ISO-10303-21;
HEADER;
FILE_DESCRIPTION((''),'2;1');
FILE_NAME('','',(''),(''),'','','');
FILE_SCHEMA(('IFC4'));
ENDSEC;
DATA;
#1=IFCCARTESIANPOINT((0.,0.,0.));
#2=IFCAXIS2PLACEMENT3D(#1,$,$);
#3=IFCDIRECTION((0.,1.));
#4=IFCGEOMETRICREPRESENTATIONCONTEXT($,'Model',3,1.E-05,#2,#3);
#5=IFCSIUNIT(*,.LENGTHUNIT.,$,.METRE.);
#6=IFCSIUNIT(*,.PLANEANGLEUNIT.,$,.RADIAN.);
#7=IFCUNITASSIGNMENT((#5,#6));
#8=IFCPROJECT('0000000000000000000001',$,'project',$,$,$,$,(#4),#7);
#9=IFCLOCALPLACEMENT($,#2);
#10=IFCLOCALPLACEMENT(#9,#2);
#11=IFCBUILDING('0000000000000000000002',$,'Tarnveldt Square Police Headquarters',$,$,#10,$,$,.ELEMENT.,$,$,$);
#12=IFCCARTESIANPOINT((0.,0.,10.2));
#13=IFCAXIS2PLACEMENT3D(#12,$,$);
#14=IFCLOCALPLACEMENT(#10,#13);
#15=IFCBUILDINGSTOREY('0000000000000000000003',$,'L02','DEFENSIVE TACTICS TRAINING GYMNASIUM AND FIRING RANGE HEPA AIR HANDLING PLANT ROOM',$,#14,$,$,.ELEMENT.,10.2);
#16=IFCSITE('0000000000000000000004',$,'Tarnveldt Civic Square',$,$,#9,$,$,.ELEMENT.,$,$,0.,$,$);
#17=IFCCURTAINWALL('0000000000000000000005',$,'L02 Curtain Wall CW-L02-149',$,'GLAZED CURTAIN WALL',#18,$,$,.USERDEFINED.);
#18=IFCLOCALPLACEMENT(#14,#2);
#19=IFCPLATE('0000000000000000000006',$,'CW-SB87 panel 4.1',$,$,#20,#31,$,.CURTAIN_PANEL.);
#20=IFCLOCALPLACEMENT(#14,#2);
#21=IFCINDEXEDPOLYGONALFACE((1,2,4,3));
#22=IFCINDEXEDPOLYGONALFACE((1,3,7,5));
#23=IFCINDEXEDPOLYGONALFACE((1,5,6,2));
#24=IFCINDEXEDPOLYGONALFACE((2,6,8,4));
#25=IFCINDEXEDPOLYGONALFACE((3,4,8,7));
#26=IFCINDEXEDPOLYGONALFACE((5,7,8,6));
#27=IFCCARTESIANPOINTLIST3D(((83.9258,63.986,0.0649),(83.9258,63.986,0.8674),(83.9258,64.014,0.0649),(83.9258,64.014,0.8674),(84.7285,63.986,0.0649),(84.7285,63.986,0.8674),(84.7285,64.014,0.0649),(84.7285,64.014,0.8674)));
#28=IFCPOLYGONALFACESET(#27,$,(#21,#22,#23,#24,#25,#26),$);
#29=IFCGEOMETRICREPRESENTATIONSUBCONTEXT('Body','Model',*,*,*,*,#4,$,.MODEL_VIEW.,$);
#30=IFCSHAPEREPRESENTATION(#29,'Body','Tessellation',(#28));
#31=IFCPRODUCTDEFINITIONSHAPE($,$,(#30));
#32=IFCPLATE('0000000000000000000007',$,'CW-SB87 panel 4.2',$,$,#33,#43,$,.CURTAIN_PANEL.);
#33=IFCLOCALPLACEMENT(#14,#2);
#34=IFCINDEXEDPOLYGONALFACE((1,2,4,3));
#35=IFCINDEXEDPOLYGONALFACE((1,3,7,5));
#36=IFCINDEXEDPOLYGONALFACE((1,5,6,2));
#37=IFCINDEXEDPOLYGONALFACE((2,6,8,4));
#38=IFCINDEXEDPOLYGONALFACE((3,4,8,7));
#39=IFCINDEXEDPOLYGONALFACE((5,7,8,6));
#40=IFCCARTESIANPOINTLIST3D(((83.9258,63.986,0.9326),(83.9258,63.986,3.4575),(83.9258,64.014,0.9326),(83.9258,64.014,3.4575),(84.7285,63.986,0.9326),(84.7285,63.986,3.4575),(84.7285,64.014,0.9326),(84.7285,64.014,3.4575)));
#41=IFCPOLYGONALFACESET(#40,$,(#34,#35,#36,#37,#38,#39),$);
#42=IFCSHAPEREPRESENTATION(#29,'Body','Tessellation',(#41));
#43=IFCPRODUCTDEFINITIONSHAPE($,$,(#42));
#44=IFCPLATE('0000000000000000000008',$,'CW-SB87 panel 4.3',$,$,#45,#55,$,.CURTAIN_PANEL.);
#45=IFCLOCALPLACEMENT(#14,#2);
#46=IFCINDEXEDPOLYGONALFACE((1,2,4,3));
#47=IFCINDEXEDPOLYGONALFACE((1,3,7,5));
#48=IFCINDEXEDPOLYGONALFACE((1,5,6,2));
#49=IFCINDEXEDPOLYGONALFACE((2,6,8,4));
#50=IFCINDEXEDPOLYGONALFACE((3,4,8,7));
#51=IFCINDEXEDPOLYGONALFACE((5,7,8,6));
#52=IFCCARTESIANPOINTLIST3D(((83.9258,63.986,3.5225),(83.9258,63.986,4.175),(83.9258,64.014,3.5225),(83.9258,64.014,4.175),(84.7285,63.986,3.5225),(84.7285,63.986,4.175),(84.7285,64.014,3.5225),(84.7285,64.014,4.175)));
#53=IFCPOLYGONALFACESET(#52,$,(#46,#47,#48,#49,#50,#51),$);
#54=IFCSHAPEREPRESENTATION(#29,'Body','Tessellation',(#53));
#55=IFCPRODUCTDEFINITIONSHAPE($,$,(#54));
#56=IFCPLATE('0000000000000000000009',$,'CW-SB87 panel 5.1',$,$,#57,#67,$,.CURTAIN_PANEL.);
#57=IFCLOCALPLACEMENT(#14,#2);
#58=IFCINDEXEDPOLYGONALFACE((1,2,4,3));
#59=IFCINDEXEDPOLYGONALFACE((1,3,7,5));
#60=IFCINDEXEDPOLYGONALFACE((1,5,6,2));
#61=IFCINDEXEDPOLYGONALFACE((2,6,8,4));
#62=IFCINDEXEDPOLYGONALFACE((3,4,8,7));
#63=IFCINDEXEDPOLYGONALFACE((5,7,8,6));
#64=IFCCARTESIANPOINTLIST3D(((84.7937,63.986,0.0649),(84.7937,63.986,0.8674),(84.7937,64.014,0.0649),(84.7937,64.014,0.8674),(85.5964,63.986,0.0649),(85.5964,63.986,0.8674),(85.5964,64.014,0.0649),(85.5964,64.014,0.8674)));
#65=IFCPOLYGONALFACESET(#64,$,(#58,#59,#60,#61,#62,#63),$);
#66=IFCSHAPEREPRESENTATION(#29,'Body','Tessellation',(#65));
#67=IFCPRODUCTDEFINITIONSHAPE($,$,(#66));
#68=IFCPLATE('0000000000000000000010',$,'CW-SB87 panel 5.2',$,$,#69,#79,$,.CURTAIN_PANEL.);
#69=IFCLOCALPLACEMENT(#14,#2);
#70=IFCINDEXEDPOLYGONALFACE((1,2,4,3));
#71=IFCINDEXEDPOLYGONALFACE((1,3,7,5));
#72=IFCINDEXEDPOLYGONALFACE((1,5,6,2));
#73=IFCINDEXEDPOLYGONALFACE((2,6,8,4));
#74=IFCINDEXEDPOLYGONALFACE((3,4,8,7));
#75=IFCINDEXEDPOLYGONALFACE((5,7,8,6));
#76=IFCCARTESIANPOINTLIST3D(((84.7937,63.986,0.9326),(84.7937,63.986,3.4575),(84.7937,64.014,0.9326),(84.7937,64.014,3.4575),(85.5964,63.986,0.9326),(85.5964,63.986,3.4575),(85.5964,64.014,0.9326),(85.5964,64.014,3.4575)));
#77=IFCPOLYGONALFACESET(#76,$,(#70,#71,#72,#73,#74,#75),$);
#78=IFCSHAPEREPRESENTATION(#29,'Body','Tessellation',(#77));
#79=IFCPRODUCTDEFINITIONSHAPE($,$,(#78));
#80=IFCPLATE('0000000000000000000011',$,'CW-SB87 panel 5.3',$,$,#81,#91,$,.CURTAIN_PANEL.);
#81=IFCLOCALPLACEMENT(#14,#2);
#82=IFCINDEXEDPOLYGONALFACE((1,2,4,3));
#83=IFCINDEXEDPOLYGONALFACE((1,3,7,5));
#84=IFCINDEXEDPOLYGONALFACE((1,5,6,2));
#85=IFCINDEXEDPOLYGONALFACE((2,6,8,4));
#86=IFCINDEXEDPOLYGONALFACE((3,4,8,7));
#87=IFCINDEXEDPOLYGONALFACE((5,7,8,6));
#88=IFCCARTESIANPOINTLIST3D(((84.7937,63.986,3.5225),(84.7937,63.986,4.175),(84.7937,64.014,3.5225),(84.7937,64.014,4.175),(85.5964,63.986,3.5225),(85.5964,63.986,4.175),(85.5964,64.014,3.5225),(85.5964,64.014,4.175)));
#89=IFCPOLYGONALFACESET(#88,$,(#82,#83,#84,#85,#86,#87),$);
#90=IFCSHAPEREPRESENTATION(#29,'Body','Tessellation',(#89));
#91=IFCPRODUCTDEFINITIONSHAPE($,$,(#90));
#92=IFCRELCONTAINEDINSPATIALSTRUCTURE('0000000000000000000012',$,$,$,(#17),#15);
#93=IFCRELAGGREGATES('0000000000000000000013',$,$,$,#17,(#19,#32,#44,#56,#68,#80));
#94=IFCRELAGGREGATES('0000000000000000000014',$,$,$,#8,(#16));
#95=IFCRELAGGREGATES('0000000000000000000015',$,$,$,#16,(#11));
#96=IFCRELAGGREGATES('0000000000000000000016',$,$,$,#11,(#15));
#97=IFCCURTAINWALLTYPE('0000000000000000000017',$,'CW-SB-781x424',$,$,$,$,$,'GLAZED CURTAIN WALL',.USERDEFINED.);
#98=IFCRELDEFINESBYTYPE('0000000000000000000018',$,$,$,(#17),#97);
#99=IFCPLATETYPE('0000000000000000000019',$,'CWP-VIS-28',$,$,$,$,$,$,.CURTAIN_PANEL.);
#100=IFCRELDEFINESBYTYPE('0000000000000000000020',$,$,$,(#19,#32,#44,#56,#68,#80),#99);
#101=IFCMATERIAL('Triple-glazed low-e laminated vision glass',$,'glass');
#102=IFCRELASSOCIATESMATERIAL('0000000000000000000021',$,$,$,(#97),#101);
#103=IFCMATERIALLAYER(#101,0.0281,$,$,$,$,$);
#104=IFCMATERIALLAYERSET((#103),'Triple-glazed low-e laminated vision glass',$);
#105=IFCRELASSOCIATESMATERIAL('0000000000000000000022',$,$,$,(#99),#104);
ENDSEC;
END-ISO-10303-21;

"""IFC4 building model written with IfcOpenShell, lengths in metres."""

from ifc_helpers import new_model, si_unit, direction, frame, origin, origin_2d, place, context, subcontext, project, spatial, rectangle, extrude, material, layer, layer_set, type_object, element, aggregate, save


model = new_model("IFC4")

# Units and contexts
model_context = context("Model", 3, precision=1e-05, world=origin(), true_north=direction((0.0, 1.0)))
body_context = subcontext(model_context, "Body", "Model", "MODEL_VIEW")
ifc_project = project(units=[si_unit("LENGTHUNIT", "METRE"), si_unit("PLANEANGLEUNIT", "RADIAN")], contexts=[model_context])

# Site, building, storey
site_placement = place(None, origin())
site = spatial("IfcSite", under=ifc_project, at=site_placement, Name="Tarnveldt Civic Square", CompositionType="ELEMENT", RefElevation=0.0)
building_placement = place(site_placement, origin())
building = spatial("IfcBuilding", under=site, at=building_placement, Name="Tarnveldt Square Police Headquarters", CompositionType="ELEMENT")
storey_placement = place(building_placement, frame((0.0, 0.0, 10.2)))
storey = spatial("IfcBuildingStorey", under=building, at=storey_placement, Name="L02", Description="DEFENSIVE TACTICS TRAINING GYMNASIUM AND FIRING RANGE HEPA AIR HANDLING PLANT ROOM", CompositionType="ELEMENT", Elevation=10.2)

# Curtain wall, plates
ifc_material_1 = material(Name="Triple-glazed low-e laminated vision glass", Category="glass")
curtain_wall_type = type_object("IfcCurtainWallType", Name="CW-SB-781x424", ElementType="GLAZED CURTAIN WALL", PredefinedType="USERDEFINED", material=ifc_material_1)
curtain_wall_placement = place(storey_placement, origin())
curtain_wall = element("IfcCurtainWall", 1, at=curtain_wall_placement, inside=storey, type_object=curtain_wall_type, Name="L02 Curtain Wall CW-L02-149", ObjectType="GLAZED CURTAIN WALL", PredefinedType="USERDEFINED")
ifc_layer = layer(ifc_material_1, 0.0281)
ifc_layer_set = layer_set([ifc_layer], Name="Triple-glazed low-e laminated vision glass")
plate_type = type_object("IfcPlateType", Name="CWP-VIS-28", PredefinedType="CURTAIN_PANEL", material=ifc_layer_set)
plate_1_placement = place(storey_placement, frame((84.3271, 64.0, 0.0649), z_axis=(0.0, 0.0, 1.0), x_axis=(1.0, 0.0, 0.0)))
plate_1 = element("IfcPlate", 2, at=plate_1_placement, type_object=plate_type, Name="CW-SB87 panel 4.1", PredefinedType="CURTAIN_PANEL", context=body_context, shape_type="SweptSolid", body=[
    extrude(rectangle(XDim=0.8027, YDim=0.0281, at=origin_2d()), origin(), (0.0, 0.0, 1.0), 0.8025),
])
plate_2_placement = place(storey_placement, frame((84.3271, 64.0, 0.9326), z_axis=(0.0, 0.0, 1.0), x_axis=(1.0, 0.0, 0.0)))
plate_2 = element("IfcPlate", 3, at=plate_2_placement, type_object=plate_type, Name="CW-SB87 panel 4.2", PredefinedType="CURTAIN_PANEL", context=body_context, shape_type="SweptSolid", body=[
    extrude(rectangle(XDim=0.8027, YDim=0.0281, at=origin_2d()), origin(), (0.0, 0.0, 1.0), 2.5249),
])
plate_3_placement = place(storey_placement, frame((84.3271, 64.0, 3.5225), z_axis=(0.0, 0.0, 1.0), x_axis=(1.0, 0.0, 0.0)))
plate_3 = element("IfcPlate", 4, at=plate_3_placement, type_object=plate_type, Name="CW-SB87 panel 4.3", PredefinedType="CURTAIN_PANEL", context=body_context, shape_type="SweptSolid", body=[
    extrude(rectangle(XDim=0.8027, YDim=0.0281, at=origin_2d()), origin(), (0.0, 0.0, 1.0), 0.6526),
])
plate_4_placement = place(storey_placement, frame((85.1951, 64.0, 0.0649), z_axis=(0.0, 0.0, 1.0), x_axis=(1.0, 0.0, 0.0)))
plate_4 = element("IfcPlate", 5, at=plate_4_placement, type_object=plate_type, Name="CW-SB87 panel 5.1", PredefinedType="CURTAIN_PANEL", context=body_context, shape_type="SweptSolid", body=[
    extrude(rectangle(XDim=0.8027, YDim=0.0281, at=origin_2d()), origin(), (0.0, 0.0, 1.0), 0.8025),
])
plate_5_placement = place(storey_placement, frame((85.1951, 64.0, 0.9326), z_axis=(0.0, 0.0, 1.0), x_axis=(1.0, 0.0, 0.0)))
plate_5 = element("IfcPlate", 6, at=plate_5_placement, type_object=plate_type, Name="CW-SB87 panel 5.2", PredefinedType="CURTAIN_PANEL", context=body_context, shape_type="SweptSolid", body=[
    extrude(rectangle(XDim=0.8027, YDim=0.0281, at=origin_2d()), origin(), (0.0, 0.0, 1.0), 2.5249),
])
plate_6_placement = place(storey_placement, frame((85.1951, 64.0, 3.5225), z_axis=(0.0, 0.0, 1.0), x_axis=(1.0, 0.0, 0.0)))
plate_6 = element("IfcPlate", 7, at=plate_6_placement, type_object=plate_type, Name="CW-SB87 panel 5.3", PredefinedType="CURTAIN_PANEL", context=body_context, shape_type="SweptSolid", body=[
    extrude(rectangle(XDim=0.8027, YDim=0.0281, at=origin_2d()), origin(), (0.0, 0.0, 1.0), 0.6526),
])
aggregate(curtain_wall, [plate_1, plate_2, plate_3, plate_4, plate_5, plate_6])

save(model, "model.ifc")
